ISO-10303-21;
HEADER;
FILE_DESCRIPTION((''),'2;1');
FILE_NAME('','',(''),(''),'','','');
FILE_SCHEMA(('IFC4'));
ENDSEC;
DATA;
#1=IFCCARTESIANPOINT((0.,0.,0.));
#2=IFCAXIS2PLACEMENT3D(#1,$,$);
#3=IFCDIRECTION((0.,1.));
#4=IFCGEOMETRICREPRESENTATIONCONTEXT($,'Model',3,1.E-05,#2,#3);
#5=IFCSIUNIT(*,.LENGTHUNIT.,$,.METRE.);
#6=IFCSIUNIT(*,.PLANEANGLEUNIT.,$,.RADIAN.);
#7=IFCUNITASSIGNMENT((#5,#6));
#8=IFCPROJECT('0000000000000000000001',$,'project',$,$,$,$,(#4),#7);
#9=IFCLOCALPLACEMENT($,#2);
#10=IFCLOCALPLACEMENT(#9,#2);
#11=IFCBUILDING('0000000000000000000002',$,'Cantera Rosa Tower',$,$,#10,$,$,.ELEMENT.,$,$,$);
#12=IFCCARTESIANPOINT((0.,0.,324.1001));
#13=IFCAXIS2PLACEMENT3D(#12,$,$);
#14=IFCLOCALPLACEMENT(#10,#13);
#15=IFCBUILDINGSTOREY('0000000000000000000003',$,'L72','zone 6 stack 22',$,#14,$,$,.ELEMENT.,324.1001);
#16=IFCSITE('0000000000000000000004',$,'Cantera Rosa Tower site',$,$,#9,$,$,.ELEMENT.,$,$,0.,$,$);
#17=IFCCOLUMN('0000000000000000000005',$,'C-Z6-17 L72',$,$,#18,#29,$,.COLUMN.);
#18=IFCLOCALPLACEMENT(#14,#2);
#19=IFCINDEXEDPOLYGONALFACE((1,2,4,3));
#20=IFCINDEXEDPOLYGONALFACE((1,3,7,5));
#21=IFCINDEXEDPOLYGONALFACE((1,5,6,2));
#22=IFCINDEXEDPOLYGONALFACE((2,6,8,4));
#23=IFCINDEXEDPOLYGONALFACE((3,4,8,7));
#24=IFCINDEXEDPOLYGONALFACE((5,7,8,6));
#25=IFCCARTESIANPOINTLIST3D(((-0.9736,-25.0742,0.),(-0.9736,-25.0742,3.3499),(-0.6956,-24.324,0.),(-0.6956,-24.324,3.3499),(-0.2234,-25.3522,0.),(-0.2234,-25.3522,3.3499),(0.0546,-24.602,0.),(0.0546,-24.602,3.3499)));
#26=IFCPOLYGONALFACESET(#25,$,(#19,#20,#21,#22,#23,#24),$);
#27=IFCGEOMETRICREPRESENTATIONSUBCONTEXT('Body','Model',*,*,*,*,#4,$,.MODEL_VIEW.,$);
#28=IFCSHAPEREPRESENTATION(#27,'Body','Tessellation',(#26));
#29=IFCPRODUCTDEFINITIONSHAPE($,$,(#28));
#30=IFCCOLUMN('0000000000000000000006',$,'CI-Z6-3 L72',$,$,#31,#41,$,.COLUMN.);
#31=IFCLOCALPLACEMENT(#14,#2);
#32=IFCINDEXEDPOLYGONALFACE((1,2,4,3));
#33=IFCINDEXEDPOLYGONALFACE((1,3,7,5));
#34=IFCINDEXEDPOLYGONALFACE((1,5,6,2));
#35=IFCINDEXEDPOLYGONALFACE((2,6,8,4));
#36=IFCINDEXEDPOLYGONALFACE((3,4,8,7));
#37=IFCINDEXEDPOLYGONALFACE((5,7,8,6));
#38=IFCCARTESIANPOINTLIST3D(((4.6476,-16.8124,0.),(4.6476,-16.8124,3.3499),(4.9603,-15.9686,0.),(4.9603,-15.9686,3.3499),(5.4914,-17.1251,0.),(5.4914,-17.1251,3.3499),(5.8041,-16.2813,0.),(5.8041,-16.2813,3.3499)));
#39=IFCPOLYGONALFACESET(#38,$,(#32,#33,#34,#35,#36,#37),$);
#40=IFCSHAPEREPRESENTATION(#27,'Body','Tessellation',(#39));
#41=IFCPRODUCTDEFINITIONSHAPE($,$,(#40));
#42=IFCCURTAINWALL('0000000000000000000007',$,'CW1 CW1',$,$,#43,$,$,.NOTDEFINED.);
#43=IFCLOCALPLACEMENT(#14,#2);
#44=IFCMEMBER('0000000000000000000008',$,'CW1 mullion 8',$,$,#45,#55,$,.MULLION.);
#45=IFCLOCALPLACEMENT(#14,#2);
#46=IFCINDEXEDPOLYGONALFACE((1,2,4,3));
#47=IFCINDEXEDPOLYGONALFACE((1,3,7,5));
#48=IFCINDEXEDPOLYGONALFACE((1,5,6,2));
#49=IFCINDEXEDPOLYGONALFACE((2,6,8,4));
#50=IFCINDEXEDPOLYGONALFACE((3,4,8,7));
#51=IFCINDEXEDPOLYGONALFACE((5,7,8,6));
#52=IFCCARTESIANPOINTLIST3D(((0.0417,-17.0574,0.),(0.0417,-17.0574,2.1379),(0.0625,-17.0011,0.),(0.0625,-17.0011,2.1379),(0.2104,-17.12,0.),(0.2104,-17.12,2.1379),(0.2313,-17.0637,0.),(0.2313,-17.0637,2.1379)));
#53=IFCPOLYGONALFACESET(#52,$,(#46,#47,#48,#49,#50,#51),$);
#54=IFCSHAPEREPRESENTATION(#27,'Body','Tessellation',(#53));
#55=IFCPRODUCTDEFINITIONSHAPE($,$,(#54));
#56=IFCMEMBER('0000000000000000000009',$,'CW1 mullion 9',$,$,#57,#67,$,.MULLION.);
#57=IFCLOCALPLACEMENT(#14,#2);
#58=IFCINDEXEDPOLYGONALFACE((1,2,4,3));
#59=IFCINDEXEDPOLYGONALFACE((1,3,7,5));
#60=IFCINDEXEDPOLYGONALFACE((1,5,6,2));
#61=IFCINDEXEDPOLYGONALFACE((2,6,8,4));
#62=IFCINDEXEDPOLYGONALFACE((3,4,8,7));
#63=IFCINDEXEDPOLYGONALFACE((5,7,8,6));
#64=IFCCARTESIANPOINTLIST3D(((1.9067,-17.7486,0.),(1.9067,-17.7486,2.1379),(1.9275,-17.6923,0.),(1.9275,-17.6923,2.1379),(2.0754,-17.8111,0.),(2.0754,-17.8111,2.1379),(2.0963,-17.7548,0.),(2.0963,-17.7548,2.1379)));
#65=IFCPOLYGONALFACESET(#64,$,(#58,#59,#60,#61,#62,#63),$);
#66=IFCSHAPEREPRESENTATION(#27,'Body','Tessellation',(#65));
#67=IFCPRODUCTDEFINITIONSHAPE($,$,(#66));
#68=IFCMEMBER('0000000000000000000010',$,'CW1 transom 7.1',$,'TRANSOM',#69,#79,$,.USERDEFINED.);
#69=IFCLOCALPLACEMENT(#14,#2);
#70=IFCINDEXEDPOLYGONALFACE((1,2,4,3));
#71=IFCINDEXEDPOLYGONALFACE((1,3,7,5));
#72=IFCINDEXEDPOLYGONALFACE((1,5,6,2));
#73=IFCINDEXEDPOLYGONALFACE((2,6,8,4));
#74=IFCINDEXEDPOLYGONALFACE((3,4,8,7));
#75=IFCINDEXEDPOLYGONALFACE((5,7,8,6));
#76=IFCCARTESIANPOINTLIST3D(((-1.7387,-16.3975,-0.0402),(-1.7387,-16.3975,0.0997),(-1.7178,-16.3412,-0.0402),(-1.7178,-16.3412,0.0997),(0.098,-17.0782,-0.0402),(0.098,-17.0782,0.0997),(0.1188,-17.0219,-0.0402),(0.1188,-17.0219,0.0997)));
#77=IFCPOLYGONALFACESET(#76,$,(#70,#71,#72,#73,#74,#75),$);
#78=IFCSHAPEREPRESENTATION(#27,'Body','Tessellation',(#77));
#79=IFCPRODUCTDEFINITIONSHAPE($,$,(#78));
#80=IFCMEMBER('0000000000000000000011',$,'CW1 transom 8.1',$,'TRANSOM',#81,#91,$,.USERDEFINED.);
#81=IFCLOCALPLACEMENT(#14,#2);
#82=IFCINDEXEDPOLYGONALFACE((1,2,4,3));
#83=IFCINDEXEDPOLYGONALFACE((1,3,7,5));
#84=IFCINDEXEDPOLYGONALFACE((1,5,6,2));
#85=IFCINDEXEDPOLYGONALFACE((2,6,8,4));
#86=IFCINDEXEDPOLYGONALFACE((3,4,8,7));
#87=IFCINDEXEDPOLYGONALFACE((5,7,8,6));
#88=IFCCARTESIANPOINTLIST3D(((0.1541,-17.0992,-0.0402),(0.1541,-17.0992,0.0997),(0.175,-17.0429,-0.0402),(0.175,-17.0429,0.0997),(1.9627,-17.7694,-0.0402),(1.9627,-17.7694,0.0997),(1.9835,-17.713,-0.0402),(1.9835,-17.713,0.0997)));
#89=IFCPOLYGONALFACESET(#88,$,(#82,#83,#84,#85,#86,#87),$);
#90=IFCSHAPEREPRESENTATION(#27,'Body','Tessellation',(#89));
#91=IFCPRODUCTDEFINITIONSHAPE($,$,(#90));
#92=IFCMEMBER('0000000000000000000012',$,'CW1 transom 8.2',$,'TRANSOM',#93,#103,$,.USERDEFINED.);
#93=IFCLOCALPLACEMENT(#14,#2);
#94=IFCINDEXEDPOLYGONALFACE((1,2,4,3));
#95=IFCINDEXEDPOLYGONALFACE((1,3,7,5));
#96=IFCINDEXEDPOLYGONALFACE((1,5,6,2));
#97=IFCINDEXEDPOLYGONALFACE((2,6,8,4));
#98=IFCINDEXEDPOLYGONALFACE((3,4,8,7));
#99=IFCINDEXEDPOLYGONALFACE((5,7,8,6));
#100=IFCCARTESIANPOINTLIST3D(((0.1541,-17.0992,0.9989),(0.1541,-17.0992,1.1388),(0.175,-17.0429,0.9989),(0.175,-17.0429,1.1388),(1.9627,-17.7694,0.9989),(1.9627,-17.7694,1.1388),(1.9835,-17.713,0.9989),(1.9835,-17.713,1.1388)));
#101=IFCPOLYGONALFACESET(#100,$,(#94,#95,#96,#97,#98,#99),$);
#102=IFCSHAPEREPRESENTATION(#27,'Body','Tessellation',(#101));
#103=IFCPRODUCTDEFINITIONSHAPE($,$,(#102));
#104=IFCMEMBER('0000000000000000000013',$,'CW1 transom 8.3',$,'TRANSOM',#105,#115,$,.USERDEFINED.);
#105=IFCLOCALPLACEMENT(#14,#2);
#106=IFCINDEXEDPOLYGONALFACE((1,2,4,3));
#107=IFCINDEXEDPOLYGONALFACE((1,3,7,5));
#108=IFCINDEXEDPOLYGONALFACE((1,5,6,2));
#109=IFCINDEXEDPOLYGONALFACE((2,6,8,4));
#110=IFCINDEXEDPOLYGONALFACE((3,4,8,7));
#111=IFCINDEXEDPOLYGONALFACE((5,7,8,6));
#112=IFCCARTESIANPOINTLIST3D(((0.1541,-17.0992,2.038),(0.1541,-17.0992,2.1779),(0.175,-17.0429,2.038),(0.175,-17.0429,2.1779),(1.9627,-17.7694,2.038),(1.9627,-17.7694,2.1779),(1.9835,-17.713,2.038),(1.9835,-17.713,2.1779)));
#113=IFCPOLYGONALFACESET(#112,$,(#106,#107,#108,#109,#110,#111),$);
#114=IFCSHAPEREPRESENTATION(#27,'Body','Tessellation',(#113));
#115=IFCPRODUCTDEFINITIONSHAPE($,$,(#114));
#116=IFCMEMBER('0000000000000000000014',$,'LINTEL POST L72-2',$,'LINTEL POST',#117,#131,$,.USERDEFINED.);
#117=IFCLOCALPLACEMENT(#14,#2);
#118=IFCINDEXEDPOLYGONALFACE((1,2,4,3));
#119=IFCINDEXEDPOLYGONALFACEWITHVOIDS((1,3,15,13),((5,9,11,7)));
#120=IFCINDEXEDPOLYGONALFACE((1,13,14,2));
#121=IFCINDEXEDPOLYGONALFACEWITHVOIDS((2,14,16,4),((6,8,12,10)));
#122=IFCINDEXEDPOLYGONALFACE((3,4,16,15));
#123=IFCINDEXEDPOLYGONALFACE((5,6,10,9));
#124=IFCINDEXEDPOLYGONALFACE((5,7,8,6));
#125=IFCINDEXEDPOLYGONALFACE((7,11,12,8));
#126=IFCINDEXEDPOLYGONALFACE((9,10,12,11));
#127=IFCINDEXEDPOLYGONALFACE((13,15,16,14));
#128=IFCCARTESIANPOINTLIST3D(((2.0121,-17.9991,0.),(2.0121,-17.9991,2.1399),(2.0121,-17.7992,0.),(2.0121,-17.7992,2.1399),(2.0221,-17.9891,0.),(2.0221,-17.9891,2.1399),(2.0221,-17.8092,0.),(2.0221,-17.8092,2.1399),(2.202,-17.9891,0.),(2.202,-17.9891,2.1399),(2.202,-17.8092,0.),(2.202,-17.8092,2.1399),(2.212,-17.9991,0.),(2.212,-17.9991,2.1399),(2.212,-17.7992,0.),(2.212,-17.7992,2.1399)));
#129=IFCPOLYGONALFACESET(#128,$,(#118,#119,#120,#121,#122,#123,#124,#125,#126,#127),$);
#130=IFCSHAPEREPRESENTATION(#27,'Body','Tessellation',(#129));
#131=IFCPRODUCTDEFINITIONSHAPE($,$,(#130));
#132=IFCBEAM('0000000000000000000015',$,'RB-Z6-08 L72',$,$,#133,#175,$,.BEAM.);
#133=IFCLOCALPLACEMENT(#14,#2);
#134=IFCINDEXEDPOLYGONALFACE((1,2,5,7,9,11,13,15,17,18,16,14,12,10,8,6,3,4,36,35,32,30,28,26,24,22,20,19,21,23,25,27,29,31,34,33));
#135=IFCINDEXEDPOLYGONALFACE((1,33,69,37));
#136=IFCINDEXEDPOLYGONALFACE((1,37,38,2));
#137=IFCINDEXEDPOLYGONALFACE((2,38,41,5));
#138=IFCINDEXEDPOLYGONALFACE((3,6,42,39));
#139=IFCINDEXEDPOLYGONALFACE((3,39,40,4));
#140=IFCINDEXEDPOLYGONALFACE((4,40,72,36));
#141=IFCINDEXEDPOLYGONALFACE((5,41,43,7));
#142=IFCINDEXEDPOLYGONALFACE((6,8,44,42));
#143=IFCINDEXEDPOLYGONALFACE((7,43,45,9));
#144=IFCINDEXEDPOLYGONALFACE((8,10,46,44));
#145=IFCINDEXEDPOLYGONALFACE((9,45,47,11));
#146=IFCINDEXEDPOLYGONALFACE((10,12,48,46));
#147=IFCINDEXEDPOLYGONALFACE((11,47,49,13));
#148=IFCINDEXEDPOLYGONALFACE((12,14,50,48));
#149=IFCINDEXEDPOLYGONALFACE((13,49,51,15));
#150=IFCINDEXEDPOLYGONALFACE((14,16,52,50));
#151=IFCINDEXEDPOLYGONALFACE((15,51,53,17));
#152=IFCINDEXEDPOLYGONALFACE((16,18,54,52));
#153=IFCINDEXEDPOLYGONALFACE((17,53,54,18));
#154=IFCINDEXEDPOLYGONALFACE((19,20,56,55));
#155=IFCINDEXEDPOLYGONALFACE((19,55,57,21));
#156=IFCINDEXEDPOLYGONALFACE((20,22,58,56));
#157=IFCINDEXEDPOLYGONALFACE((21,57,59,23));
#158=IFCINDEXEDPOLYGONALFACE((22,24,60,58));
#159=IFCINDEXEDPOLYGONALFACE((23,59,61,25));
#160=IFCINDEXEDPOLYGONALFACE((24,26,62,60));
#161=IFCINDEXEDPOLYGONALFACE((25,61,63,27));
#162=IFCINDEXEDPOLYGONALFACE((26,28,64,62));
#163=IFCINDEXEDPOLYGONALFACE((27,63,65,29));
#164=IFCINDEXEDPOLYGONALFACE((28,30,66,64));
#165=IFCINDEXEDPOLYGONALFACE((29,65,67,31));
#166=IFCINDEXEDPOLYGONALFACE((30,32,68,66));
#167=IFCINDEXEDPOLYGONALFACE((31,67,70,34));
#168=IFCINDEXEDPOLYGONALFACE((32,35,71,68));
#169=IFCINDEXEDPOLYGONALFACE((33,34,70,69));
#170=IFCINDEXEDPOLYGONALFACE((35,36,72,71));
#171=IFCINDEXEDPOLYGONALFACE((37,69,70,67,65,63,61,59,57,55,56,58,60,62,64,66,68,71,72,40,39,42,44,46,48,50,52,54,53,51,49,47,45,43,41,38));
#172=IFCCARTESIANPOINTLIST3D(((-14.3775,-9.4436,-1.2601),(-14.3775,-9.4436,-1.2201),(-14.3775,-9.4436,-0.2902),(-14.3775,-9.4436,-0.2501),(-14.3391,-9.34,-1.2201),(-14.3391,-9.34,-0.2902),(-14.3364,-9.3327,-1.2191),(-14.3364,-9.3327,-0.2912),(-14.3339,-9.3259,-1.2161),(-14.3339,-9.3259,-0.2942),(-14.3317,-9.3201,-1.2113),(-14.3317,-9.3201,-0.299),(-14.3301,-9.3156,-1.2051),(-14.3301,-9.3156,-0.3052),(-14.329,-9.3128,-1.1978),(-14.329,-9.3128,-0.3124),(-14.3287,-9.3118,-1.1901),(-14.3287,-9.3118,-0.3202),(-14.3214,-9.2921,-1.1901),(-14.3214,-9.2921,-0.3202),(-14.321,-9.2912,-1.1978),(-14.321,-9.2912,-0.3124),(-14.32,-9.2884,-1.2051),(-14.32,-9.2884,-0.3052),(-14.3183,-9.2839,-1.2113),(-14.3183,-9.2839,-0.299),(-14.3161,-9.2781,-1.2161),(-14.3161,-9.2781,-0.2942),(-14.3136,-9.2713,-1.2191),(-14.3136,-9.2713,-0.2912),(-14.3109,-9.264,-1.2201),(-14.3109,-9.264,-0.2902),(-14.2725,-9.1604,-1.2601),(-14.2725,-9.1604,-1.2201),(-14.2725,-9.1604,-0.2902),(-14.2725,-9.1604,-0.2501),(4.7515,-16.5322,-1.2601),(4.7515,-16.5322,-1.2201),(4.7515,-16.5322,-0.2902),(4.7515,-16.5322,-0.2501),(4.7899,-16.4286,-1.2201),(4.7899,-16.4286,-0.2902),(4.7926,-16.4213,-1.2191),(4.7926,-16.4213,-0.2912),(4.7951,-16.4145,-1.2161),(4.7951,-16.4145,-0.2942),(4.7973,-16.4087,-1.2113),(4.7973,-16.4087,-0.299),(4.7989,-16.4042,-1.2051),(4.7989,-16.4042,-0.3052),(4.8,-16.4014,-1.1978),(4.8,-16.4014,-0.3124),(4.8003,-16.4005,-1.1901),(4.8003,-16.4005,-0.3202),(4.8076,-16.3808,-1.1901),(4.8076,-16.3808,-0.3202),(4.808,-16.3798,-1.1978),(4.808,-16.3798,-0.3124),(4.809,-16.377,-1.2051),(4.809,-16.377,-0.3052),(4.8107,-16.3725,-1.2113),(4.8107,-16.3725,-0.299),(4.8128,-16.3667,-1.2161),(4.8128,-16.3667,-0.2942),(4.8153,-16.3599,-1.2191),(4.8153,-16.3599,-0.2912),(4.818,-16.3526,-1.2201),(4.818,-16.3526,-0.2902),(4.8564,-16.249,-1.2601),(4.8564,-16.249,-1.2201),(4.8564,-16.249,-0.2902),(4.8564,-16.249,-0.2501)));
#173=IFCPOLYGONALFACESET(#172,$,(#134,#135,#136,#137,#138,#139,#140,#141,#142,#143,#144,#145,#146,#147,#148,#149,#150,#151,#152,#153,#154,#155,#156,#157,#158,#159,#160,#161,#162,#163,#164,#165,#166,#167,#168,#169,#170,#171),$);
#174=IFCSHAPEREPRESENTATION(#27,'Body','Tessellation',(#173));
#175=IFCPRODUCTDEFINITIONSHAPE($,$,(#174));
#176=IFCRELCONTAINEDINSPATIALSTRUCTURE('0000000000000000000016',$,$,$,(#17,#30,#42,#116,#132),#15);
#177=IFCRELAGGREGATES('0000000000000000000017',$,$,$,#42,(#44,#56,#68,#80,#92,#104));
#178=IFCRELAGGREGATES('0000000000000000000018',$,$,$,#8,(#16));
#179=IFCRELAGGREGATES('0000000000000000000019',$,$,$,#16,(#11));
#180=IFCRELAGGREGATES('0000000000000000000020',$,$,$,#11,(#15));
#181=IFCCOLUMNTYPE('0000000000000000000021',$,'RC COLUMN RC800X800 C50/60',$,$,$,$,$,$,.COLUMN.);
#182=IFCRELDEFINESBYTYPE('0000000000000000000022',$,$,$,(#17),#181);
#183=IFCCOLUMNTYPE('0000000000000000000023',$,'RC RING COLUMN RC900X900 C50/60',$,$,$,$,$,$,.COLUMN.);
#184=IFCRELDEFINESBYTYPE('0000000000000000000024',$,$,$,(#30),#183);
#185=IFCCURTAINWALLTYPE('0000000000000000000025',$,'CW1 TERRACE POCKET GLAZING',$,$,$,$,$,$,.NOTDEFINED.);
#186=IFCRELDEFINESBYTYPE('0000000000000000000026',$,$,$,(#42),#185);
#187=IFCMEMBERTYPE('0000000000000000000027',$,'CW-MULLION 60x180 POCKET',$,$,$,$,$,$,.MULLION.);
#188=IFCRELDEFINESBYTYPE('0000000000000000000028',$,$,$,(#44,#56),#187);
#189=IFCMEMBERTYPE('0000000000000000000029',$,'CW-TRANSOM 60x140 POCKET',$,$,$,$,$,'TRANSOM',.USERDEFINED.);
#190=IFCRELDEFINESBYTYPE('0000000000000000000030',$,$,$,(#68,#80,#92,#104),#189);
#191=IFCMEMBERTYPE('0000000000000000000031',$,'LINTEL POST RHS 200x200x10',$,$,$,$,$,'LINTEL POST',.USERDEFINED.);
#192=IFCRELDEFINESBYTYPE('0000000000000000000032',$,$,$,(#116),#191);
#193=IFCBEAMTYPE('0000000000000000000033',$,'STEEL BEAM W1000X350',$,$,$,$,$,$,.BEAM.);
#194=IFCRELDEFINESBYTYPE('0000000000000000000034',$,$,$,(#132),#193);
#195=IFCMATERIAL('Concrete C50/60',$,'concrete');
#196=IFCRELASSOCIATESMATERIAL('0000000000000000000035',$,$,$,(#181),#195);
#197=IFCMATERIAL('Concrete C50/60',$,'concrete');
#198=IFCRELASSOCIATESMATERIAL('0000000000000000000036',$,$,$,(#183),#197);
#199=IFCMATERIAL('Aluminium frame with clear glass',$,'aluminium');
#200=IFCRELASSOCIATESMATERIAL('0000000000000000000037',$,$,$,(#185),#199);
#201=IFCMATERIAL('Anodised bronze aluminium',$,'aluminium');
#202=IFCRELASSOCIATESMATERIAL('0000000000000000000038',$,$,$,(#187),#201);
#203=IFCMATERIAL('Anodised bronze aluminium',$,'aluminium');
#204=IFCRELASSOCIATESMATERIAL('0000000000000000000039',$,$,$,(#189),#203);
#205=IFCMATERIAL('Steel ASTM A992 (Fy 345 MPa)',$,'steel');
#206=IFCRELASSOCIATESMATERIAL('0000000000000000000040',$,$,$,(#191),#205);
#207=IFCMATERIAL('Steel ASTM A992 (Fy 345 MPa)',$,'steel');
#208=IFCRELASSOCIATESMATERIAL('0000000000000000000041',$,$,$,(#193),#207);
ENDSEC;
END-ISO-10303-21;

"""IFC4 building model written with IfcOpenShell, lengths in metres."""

from ifc_helpers import new_model, si_unit, direction, frame, origin, origin_2d, place, context, subcontext, project, spatial, rectangle, hollow_rectangle, i_section, extrude, material, material_profile, profile_set, type_object, element, aggregate, save


model = new_model("IFC4")

# Units and contexts
model_context = context("Model", 3, precision=1e-05, world=origin(), true_north=direction((0.0, 1.0)))
body_context = subcontext(model_context, "Body", "Model", "MODEL_VIEW")
ifc_project = project(units=[si_unit("LENGTHUNIT", "METRE"), si_unit("PLANEANGLEUNIT", "RADIAN")], contexts=[model_context])

# Site, building, storey
site_placement = place(None, origin())
site = spatial("IfcSite", under=ifc_project, at=site_placement, Name="Cantera Rosa Tower site", CompositionType="ELEMENT", RefElevation=0.0)
building_placement = place(site_placement, origin())
building = spatial("IfcBuilding", under=site, at=building_placement, Name="Cantera Rosa Tower", CompositionType="ELEMENT")
storey_placement = place(building_placement, frame((0.0, 0.0, 324.1001)))
storey = spatial("IfcBuildingStorey", under=building, at=storey_placement, Name="L72", Description="zone 6 stack 22", CompositionType="ELEMENT", Elevation=324.1001)

# Columns
ifc_material_1 = material(Name="Concrete C50/60", Category="concrete")
ifc_material_profile_1 = material_profile(ifc_material_1, rectangle(XDim=0.8, YDim=0.8, at=origin_2d()), Name="RC COLUMN RC800X800 C50/60")
ifc_profile_set_1 = profile_set([ifc_material_profile_1], Name="Concrete C50/60")
column_type_1 = type_object("IfcColumnType", Name="RC COLUMN RC800X800 C50/60", PredefinedType="COLUMN", material=ifc_profile_set_1)
column_1_placement = place(storey_placement, frame((-0.4595, -24.8381, 0.0), z_axis=(0.0, 0.0, 1.0), x_axis=(0.347481, 0.937687, 0.0)))
element("IfcColumn", 1, at=column_1_placement, inside=storey, type_object=column_type_1, Name="C-Z6-17 L72", PredefinedType="COLUMN", context=body_context, shape_type="SweptSolid", body=[
    extrude(rectangle(XDim=0.8, YDim=0.8, at=origin_2d()), origin(), (0.0, 0.0, 1.0), 3.3499),
])
ifc_material_2 = material(Name="Concrete C50/60", Category="concrete")
ifc_material_profile_2 = material_profile(ifc_material_2, rectangle(XDim=0.8999, YDim=0.8999, at=origin_2d()), Name="RC RING COLUMN RC900X900 C50/60")
ifc_profile_set_2 = profile_set([ifc_material_profile_2], Name="Concrete C50/60")
column_type_2 = type_object("IfcColumnType", Name="RC RING COLUMN RC900X900 C50/60", PredefinedType="COLUMN", material=ifc_profile_set_2)
column_2_placement = place(storey_placement, frame((5.2258, -16.5469, 0.0), z_axis=(0.0, 0.0, 1.0), x_axis=(0.347481, 0.937687, 0.0)))
element("IfcColumn", 2, at=column_2_placement, inside=storey, type_object=column_type_2, Name="CI-Z6-3 L72", PredefinedType="COLUMN", context=body_context, shape_type="SweptSolid", body=[
    extrude(rectangle(XDim=0.8999, YDim=0.8999, at=origin_2d()), origin(), (0.0, 0.0, 1.0), 3.3499),
])

# Curtain wall, members
ifc_material_3 = material(Name="Aluminium frame with clear glass", Category="aluminium")
curtain_wall_type = type_object("IfcCurtainWallType", Name="CW1 TERRACE POCKET GLAZING", PredefinedType="NOTDEFINED", material=ifc_material_3)
curtain_wall_placement = place(storey_placement, origin())
curtain_wall = element("IfcCurtainWall", 3, at=curtain_wall_placement, inside=storey, type_object=curtain_wall_type, Name="CW1 CW1", PredefinedType="NOTDEFINED")
ifc_material_4 = material(Name="Anodised bronze aluminium", Category="aluminium")
ifc_material_profile_3 = material_profile(ifc_material_4, rectangle(XDim=0.0601, YDim=0.1799, at=origin_2d()), Name="CW-MULLION 60x180 POCKET")
ifc_profile_set_3 = profile_set([ifc_material_profile_3], Name="Anodised bronze aluminium")
member_type_1 = type_object("IfcMemberType", Name="CW-MULLION 60x180 POCKET", PredefinedType="MULLION", material=ifc_profile_set_3)
member_1_placement = place(storey_placement, frame((0.1365, -17.0605, 0.0), z_axis=(0.0, 0.0, 1.0), x_axis=(0.347481, 0.937687, 0.0)))
member_1 = element("IfcMember", 4, at=member_1_placement, type_object=member_type_1, Name="CW1 mullion 8", PredefinedType="MULLION", context=body_context, shape_type="SweptSolid", body=[
    extrude(rectangle(XDim=0.0601, YDim=0.1799, at=origin_2d()), origin(), (0.0, 0.0, 1.0), 2.1379),
])
member_2_placement = place(storey_placement, frame((2.0015, -17.7517, 0.0), z_axis=(0.0, 0.0, 1.0), x_axis=(0.347481, 0.937687, 0.0)))
member_2 = element("IfcMember", 5, at=member_2_placement, type_object=member_type_1, Name="CW1 mullion 9", PredefinedType="MULLION", context=body_context, shape_type="SweptSolid", body=[
    extrude(rectangle(XDim=0.0601, YDim=0.1799, at=origin_2d()), origin(), (0.0, 0.0, 1.0), 2.1379),
])
ifc_material_5 = material(Name="Anodised bronze aluminium", Category="aluminium")
ifc_material_profile_4 = material_profile(ifc_material_5, rectangle(XDim=0.0601, YDim=0.1399, at=origin_2d()), Name="CW-TRANSOM 60x140 POCKET")
ifc_profile_set_4 = profile_set([ifc_material_profile_4], Name="Anodised bronze aluminium")
member_type_2 = type_object("IfcMemberType", Name="CW-TRANSOM 60x140 POCKET", ElementType="TRANSOM", PredefinedType="USERDEFINED", material=ifc_profile_set_4)
member_3_placement = place(storey_placement, frame((-1.7283, -16.3694, 0.0298), z_axis=(0.93768, -0.347501, 0.0), x_axis=(0.347501, 0.93768, 0.0)))
member_3 = element("IfcMember", 6, at=member_3_placement, type_object=member_type_2, Name="CW1 transom 7.1", ObjectType="TRANSOM", PredefinedType="USERDEFINED", context=body_context, shape_type="SweptSolid", body=[
    extrude(rectangle(XDim=0.0601, YDim=0.1399, at=origin_2d()), origin(), (0.0, 0.0, 1.0), 1.9587),
])
member_4_placement = place(storey_placement, frame((0.1646, -17.071, 0.0298), z_axis=(0.937695, -0.347459, 0.0), x_axis=(0.347459, 0.937695, 0.0)))
member_4 = element("IfcMember", 7, at=member_4_placement, type_object=member_type_2, Name="CW1 transom 8.1", ObjectType="TRANSOM", PredefinedType="USERDEFINED", context=body_context, shape_type="SweptSolid", body=[
    extrude(rectangle(XDim=0.0601, YDim=0.1399, at=origin_2d()), origin(), (0.0, 0.0, 1.0), 1.9287),
])
member_5_placement = place(storey_placement, frame((0.1646, -17.071, 1.0688), z_axis=(0.937695, -0.347459, 0.0), x_axis=(0.347459, 0.937695, 0.0)))
member_5 = element("IfcMember", 8, at=member_5_placement, type_object=member_type_2, Name="CW1 transom 8.2", ObjectType="TRANSOM", PredefinedType="USERDEFINED", context=body_context, shape_type="SweptSolid", body=[
    extrude(rectangle(XDim=0.0601, YDim=0.1399, at=origin_2d()), origin(), (0.0, 0.0, 1.0), 1.9287),
])
member_6_placement = place(storey_placement, frame((0.1646, -17.071, 2.1079), z_axis=(0.937695, -0.347459, 0.0), x_axis=(0.347459, 0.937695, 0.0)))
member_6 = element("IfcMember", 9, at=member_6_placement, type_object=member_type_2, Name="CW1 transom 8.3", ObjectType="TRANSOM", PredefinedType="USERDEFINED", context=body_context, shape_type="SweptSolid", body=[
    extrude(rectangle(XDim=0.0601, YDim=0.1399, at=origin_2d()), origin(), (0.0, 0.0, 1.0), 1.9287),
])

# Member
ifc_material_6 = material(Name="Steel ASTM A992 (Fy 345 MPa)", Category="steel")
ifc_material_profile_5 = material_profile(ifc_material_6, hollow_rectangle(XDim=0.2, YDim=0.2, WallThickness=0.01, at=origin_2d()), Name="LINTEL POST RHS 200x200x10")
ifc_profile_set_5 = profile_set([ifc_material_profile_5], Name="Steel ASTM A992 (Fy 345 MPa)")
member_type_3 = type_object("IfcMemberType", Name="LINTEL POST RHS 200x200x10", ElementType="LINTEL POST", PredefinedType="USERDEFINED", material=ifc_profile_set_5)
member_7_placement = place(storey_placement, frame((2.1121, -17.8992, 0.0), z_axis=(0.0, 0.0, 1.0), x_axis=(1.0, 0.0, 0.0)))
element("IfcMember", 10, at=member_7_placement, inside=storey, type_object=member_type_3, Name="LINTEL POST L72-2", ObjectType="LINTEL POST", PredefinedType="USERDEFINED", context=body_context, shape_type="SweptSolid", body=[
    extrude(hollow_rectangle(XDim=0.2, YDim=0.2, WallThickness=0.01, at=origin_2d()), origin(), (0.0, 0.0, 1.0), 2.1399),
])

# Beam
ifc_material_7 = material(Name="Steel ASTM A992 (Fy 345 MPa)", Category="steel")
ifc_material_profile_6 = material_profile(ifc_material_7, i_section(OverallWidth=0.302, OverallDepth=1.01, WebThickness=0.021, FlangeThickness=0.04, FilletRadius=0.03, at=origin_2d()), Name="W1000X350")
ifc_profile_set_6 = profile_set([ifc_material_profile_6], Name="Steel ASTM A992 (Fy 345 MPa)")
beam_type_1 = type_object("IfcBeamType", Name="STEEL BEAM W1000X350", PredefinedType="BEAM", material=ifc_profile_set_6)
beam_1_placement = place(storey_placement, frame((4.804, -16.3906, -0.7551), z_axis=(-0.937687, 0.34748, 0.0), x_axis=(-0.34748, -0.937687, 0.0)))
element("IfcBeam", 11, at=beam_1_placement, inside=storey, type_object=beam_type_1, Name="RB-Z6-08 L72", PredefinedType="BEAM", context=body_context, shape_type="SweptSolid", body=[
    extrude(i_section(OverallWidth=0.302, OverallDepth=1.01, WebThickness=0.021, FlangeThickness=0.04, FilletRadius=0.03, at=origin_2d()), origin(), (0.0, 0.0, 1.0), 20.4001),
])

aggregate(curtain_wall, [member_1, member_2, member_3, member_4, member_5, member_6])

save(model, "model.ifc")
